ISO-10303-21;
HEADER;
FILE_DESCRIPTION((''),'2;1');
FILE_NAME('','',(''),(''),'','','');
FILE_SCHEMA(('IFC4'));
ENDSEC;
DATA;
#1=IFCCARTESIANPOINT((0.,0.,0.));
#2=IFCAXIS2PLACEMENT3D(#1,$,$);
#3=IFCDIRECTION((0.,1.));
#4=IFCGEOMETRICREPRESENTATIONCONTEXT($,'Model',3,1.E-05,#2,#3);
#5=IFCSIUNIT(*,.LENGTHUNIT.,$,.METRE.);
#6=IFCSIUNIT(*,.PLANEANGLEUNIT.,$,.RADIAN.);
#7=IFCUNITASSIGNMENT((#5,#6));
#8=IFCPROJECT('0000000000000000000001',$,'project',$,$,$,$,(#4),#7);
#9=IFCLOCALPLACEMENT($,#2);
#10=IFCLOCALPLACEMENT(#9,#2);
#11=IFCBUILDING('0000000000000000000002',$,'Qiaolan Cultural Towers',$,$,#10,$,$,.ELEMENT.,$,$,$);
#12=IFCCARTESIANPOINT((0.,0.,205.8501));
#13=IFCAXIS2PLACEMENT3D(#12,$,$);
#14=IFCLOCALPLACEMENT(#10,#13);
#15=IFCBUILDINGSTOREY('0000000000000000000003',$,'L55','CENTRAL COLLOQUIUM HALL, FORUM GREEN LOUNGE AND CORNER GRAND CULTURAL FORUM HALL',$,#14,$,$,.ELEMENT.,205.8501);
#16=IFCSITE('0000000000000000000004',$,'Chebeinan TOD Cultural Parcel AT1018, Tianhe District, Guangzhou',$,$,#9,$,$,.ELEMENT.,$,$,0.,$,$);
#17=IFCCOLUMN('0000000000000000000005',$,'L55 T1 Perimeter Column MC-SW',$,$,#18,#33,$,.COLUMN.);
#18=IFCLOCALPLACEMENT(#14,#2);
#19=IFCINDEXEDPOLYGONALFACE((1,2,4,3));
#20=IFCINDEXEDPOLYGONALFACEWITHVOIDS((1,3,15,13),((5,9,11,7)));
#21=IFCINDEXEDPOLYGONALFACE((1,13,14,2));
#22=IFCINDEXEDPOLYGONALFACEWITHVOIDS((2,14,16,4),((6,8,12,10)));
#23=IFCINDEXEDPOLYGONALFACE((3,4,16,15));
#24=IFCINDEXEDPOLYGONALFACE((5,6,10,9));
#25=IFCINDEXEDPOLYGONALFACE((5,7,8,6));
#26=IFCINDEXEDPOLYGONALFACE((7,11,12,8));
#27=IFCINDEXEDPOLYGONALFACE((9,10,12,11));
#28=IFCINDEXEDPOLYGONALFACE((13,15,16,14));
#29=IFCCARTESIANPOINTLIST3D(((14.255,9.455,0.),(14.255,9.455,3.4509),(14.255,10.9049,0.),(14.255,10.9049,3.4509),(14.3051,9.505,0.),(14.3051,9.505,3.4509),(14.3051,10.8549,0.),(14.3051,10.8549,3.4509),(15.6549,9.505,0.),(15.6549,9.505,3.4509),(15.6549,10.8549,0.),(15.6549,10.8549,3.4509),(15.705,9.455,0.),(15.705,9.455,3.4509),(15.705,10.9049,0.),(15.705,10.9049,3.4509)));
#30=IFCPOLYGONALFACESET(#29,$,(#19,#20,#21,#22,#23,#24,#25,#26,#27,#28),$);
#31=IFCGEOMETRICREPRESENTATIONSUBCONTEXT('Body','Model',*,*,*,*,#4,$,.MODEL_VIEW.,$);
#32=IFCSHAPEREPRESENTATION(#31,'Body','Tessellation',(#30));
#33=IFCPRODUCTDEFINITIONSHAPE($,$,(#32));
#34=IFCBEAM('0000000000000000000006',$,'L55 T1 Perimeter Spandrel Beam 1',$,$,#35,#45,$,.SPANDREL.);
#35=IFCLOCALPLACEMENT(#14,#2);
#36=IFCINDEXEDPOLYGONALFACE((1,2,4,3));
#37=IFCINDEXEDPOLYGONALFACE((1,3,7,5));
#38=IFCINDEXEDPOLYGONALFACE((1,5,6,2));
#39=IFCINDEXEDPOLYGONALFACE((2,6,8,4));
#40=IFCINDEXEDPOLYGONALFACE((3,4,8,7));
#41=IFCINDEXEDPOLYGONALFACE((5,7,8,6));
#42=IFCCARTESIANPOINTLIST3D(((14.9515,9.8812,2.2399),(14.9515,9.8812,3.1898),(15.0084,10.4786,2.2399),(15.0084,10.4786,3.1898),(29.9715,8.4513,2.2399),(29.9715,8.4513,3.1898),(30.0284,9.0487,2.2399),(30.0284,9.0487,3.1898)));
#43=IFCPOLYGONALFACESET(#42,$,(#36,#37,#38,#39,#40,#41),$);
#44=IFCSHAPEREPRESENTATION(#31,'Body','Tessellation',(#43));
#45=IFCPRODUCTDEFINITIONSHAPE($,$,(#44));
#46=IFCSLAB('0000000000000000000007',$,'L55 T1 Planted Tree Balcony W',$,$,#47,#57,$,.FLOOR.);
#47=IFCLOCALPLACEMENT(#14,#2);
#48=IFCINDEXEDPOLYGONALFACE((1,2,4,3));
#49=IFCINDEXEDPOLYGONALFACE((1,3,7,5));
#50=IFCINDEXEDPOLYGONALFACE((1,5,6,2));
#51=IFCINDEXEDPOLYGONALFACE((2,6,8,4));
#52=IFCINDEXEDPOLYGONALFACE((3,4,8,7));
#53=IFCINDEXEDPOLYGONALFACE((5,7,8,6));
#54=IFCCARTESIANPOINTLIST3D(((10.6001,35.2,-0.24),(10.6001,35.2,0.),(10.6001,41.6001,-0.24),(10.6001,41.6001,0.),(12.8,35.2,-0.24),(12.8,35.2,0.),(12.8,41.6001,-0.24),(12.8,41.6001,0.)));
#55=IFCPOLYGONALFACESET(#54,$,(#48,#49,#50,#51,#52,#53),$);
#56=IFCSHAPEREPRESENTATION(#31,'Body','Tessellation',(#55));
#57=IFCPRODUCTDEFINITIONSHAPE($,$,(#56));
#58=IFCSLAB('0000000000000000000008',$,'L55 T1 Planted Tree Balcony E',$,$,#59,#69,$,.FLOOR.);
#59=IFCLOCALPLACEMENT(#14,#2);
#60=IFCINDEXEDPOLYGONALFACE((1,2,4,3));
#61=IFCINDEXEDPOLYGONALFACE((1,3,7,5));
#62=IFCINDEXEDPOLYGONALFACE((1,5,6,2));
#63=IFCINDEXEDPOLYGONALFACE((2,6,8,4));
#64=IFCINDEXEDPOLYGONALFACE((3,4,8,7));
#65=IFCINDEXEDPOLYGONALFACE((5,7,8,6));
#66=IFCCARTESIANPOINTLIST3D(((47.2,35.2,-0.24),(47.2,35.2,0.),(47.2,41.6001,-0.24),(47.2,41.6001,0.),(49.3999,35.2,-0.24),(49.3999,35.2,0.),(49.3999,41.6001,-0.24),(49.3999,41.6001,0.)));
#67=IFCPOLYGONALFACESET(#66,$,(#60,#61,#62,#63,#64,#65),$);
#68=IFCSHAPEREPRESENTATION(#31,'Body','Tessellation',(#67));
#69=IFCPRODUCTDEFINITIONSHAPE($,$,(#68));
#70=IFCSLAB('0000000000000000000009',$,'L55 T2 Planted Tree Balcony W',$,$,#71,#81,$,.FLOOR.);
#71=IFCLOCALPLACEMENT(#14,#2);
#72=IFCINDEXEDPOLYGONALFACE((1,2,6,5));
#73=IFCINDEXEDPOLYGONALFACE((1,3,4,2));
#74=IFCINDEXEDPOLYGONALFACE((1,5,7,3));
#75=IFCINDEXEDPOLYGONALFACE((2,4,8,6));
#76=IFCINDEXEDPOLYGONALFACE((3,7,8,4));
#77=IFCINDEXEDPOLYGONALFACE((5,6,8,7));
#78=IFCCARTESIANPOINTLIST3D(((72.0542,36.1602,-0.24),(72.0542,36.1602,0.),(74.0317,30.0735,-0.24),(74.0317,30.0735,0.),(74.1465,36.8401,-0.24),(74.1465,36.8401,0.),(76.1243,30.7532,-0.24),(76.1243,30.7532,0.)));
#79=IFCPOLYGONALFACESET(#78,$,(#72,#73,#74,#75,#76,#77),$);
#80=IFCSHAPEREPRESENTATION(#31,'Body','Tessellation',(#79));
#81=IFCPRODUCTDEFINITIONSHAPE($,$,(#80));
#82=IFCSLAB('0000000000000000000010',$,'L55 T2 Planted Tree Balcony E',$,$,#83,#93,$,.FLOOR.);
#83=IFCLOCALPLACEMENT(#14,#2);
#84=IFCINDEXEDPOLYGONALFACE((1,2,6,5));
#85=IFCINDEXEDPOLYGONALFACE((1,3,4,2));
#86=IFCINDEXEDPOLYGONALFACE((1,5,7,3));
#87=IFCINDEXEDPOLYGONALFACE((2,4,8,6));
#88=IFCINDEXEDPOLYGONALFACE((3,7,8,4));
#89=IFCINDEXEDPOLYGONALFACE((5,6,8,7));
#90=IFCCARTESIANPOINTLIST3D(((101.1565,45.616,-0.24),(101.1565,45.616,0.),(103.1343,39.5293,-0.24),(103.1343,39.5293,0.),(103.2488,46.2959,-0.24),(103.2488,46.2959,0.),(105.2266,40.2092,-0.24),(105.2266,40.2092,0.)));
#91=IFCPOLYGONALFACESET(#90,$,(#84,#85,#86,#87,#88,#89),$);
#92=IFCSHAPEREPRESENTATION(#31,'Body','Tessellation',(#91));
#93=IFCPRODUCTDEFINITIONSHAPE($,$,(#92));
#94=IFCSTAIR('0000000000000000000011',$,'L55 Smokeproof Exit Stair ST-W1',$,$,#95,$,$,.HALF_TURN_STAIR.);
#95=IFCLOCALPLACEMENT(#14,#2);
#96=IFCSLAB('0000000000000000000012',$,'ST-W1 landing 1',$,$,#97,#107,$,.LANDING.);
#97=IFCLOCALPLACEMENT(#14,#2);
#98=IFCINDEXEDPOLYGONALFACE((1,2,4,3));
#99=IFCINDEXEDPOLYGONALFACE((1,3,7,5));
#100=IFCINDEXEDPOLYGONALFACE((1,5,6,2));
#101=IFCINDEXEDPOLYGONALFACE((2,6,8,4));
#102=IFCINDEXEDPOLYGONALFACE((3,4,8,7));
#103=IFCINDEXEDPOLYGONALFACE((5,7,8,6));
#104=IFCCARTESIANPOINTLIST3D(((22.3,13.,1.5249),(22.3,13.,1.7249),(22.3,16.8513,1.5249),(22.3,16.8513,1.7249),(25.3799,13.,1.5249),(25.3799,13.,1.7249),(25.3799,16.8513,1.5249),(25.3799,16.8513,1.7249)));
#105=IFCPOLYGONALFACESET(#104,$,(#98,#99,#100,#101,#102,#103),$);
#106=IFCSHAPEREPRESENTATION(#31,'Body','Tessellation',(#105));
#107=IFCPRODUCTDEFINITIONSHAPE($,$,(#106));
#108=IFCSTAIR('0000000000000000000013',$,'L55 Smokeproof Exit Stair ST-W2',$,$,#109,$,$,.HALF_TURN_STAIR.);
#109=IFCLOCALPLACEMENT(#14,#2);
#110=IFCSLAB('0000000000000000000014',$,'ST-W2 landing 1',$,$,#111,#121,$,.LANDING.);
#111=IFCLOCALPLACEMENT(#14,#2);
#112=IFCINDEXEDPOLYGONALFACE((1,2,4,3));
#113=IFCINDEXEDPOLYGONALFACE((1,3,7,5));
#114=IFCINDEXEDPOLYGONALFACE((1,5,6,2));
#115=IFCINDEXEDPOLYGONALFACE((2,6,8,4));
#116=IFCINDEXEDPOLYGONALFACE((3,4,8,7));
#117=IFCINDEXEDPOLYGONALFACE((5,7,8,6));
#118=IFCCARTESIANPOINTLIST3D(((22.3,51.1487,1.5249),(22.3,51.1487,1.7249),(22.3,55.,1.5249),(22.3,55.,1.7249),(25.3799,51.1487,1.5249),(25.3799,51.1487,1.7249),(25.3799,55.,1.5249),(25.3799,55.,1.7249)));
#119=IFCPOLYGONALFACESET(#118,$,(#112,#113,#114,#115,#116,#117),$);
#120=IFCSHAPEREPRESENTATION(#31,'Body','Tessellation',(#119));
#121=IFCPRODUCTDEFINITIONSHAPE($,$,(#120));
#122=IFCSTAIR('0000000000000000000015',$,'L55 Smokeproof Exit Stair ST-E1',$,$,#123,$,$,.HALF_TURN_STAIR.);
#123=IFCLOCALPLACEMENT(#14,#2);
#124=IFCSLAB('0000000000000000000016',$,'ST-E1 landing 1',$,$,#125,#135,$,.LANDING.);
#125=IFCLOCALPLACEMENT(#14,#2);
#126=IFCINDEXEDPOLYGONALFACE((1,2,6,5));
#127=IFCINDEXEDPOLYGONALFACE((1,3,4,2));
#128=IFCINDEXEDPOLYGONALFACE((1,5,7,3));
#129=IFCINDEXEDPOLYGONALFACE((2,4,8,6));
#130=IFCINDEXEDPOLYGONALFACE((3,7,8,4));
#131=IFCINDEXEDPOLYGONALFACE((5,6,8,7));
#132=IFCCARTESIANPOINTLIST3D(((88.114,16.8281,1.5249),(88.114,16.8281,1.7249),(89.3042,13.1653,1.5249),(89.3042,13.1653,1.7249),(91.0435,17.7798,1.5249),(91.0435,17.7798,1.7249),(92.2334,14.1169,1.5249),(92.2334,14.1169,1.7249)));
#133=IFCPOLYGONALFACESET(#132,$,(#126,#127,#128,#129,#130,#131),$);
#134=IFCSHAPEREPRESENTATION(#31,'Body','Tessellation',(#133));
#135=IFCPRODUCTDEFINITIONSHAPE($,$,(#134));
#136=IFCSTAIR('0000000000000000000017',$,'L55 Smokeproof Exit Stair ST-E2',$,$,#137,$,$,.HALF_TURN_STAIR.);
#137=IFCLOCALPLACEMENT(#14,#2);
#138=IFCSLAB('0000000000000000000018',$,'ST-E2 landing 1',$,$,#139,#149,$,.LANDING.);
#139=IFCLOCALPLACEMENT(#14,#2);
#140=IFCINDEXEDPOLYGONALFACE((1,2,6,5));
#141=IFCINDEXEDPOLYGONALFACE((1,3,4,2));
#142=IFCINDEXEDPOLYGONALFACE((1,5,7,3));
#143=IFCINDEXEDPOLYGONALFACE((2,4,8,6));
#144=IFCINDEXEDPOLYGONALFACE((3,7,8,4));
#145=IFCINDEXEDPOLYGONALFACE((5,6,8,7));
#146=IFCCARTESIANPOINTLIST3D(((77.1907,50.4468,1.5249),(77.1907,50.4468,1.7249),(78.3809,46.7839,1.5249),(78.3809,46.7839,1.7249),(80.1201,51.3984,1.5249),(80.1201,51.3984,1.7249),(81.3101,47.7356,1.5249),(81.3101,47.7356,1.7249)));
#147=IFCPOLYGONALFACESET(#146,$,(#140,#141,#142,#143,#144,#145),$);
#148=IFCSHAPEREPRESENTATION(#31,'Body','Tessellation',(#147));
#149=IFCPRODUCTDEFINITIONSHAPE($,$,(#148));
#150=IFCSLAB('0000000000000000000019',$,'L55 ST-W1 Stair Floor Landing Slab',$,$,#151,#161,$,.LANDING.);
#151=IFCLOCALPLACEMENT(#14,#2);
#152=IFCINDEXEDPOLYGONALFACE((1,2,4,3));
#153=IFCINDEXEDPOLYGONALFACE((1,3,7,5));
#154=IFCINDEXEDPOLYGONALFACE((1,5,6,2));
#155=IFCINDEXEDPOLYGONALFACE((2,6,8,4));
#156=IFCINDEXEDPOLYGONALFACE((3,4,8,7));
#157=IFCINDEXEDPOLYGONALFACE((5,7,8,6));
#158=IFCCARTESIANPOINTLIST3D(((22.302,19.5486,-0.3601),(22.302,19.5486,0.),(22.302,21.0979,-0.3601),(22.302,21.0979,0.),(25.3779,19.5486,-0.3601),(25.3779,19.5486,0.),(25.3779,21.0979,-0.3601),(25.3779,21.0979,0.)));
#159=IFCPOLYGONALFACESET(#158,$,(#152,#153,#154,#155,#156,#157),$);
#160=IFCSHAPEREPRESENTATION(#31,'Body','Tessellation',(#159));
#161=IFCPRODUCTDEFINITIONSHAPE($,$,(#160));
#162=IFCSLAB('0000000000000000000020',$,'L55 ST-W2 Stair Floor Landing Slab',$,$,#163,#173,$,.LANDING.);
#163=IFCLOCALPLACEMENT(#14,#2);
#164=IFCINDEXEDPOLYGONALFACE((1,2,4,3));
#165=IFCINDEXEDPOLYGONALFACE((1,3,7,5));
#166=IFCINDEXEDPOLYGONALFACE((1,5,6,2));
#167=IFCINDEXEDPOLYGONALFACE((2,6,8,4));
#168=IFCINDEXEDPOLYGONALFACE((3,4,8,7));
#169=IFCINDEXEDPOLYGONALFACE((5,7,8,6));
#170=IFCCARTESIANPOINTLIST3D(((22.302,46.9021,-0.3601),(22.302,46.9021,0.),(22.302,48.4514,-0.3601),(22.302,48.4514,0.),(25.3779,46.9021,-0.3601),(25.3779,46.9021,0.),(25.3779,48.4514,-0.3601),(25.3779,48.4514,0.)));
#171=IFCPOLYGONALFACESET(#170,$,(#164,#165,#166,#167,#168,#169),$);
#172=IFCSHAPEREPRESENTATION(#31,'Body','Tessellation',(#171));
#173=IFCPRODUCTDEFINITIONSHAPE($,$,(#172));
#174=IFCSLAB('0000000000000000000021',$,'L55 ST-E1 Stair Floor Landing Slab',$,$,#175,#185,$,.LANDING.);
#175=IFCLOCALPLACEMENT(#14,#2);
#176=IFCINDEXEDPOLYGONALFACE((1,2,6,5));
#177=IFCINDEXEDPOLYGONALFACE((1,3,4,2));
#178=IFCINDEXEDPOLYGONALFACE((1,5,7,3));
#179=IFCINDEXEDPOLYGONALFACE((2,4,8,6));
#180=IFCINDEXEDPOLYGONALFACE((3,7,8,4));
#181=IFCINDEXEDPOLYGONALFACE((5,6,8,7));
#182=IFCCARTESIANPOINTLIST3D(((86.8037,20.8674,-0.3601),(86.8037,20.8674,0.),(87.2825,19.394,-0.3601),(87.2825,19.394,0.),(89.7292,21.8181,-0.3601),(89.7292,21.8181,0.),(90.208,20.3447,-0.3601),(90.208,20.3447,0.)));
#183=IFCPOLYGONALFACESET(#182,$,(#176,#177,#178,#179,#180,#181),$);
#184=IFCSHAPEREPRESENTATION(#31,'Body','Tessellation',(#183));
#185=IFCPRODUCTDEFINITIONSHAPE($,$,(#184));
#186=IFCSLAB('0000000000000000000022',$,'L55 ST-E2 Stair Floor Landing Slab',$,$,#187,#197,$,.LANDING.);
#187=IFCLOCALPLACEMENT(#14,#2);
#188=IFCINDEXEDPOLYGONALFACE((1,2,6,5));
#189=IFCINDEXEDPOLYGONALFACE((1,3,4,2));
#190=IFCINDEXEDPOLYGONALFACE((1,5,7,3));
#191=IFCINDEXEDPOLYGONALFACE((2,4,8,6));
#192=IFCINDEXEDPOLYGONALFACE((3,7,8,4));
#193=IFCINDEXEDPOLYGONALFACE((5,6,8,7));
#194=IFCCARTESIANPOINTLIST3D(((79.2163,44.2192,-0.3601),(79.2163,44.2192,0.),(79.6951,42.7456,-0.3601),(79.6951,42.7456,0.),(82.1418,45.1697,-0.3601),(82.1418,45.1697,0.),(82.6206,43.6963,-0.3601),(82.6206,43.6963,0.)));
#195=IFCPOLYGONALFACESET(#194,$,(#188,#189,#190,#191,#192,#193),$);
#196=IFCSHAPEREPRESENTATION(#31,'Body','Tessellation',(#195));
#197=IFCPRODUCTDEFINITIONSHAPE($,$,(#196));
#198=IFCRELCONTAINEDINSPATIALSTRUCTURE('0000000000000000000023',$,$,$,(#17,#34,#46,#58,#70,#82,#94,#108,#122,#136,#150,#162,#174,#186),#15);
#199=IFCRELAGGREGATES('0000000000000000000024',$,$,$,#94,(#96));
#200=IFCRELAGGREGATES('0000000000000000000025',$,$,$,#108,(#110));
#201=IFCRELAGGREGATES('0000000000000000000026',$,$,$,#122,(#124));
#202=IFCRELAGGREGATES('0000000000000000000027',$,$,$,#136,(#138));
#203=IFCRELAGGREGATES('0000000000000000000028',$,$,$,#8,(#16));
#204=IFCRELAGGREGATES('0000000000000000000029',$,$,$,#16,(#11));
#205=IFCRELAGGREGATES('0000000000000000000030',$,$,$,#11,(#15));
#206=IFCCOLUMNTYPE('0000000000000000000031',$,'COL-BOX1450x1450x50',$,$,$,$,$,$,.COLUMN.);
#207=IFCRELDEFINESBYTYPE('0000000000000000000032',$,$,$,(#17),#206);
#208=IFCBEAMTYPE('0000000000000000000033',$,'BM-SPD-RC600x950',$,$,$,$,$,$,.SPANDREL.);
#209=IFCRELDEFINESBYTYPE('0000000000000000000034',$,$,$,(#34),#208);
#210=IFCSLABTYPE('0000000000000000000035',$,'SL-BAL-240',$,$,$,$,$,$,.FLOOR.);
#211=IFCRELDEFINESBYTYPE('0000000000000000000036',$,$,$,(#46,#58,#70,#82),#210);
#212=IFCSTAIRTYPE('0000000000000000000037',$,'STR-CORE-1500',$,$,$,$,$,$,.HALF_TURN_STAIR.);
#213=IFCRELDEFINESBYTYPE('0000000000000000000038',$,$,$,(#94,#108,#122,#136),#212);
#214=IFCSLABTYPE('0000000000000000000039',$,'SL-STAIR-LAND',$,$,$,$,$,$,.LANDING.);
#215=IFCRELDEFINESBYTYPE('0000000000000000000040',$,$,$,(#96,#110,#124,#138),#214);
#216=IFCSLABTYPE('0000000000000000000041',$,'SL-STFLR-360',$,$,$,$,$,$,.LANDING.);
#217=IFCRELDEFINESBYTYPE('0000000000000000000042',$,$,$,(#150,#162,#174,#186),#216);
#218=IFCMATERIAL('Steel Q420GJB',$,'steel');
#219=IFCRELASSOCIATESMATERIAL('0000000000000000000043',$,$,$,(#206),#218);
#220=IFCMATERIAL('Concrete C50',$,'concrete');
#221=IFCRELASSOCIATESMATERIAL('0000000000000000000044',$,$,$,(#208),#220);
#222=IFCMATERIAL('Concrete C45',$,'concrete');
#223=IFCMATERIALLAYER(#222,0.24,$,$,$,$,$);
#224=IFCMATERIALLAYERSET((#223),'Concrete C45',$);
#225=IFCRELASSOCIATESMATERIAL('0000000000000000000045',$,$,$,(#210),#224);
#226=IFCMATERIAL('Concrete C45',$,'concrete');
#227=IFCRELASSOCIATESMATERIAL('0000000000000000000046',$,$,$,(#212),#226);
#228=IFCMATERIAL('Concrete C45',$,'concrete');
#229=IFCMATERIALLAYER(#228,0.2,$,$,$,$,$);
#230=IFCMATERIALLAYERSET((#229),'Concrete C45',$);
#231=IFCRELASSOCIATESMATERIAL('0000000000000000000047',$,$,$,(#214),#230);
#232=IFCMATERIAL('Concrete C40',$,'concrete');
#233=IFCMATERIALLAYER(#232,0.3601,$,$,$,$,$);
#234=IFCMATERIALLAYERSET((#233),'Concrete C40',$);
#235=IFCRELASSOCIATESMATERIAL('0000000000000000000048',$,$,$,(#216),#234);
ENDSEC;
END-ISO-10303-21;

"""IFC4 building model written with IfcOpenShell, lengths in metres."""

from ifc_helpers import new_model, si_unit, direction, frame, origin, origin_2d, place, context, subcontext, project, spatial, polyline, rectangle, hollow_rectangle, outline, extrude, material, layer, layer_set, material_profile, profile_set, type_object, element, aggregate, save


model = new_model("IFC4")

# Units and contexts
model_context = context("Model", 3, precision=1e-05, world=origin(), true_north=direction((0.0, 1.0)))
body_context = subcontext(model_context, "Body", "Model", "MODEL_VIEW")
ifc_project = project(units=[si_unit("LENGTHUNIT", "METRE"), si_unit("PLANEANGLEUNIT", "RADIAN")], contexts=[model_context])

# Site, building, storey
site_placement = place(None, origin())
site = spatial("IfcSite", under=ifc_project, at=site_placement, Name="Chebeinan TOD Cultural Parcel AT1018, Tianhe District, Guangzhou", CompositionType="ELEMENT", RefElevation=0.0)
building_placement = place(site_placement, origin())
building = spatial("IfcBuilding", under=site, at=building_placement, Name="Qiaolan Cultural Towers", CompositionType="ELEMENT")
storey_placement = place(building_placement, frame((0.0, 0.0, 205.8501)))
storey = spatial("IfcBuildingStorey", under=building, at=storey_placement, Name="L55", Description="CENTRAL COLLOQUIUM HALL, FORUM GREEN LOUNGE AND CORNER GRAND CULTURAL FORUM HALL", CompositionType="ELEMENT", Elevation=205.8501)

# Column
ifc_material_1 = material(Name="Steel Q420GJB", Category="steel")
ifc_material_profile_1 = material_profile(ifc_material_1, hollow_rectangle(XDim=1.45, YDim=1.45, WallThickness=0.05, at=origin_2d()), Name="BOX1450x1450x50")
ifc_profile_set_1 = profile_set([ifc_material_profile_1], Name="Steel Q420GJB")
column_type = type_object("IfcColumnType", Name="COL-BOX1450x1450x50", PredefinedType="COLUMN", material=ifc_profile_set_1)
column_placement = place(storey_placement, frame((14.98, 10.1799, 0.0), z_axis=(0.0, 0.0, 1.0), x_axis=(1.0, 0.0, 0.0)))
element("IfcColumn", 1, at=column_placement, inside=storey, type_object=column_type, Name="L55 T1 Perimeter Column MC-SW", PredefinedType="COLUMN", context=body_context, shape_type="SweptSolid", body=[
    extrude(hollow_rectangle(XDim=1.45, YDim=1.45, WallThickness=0.05, at=origin_2d()), origin(), (0.0, 0.0, 1.0), 3.4509),
])

# Beam
ifc_material_2 = material(Name="Concrete C50", Category="concrete")
ifc_material_profile_2 = material_profile(ifc_material_2, rectangle(XDim=0.6001, YDim=0.95, at=origin_2d()), Name="RC600x950")
ifc_profile_set_2 = profile_set([ifc_material_profile_2], Name="Concrete C50")
beam_type = type_object("IfcBeamType", Name="BM-SPD-RC600x950", PredefinedType="SPANDREL", material=ifc_profile_set_2)
beam_placement = place(storey_placement, frame((14.98, 10.1799, 2.7148), z_axis=(0.995499, -0.094773, 0.0), x_axis=(0.094773, 0.995499, 0.0)))
element("IfcBeam", 2, at=beam_placement, inside=storey, type_object=beam_type, Name="L55 T1 Perimeter Spandrel Beam 1", PredefinedType="SPANDREL", context=body_context, shape_type="SweptSolid", body=[
    extrude(rectangle(XDim=0.6001, YDim=0.95, at=origin_2d()), origin(), (0.0, 0.0, 1.0), 15.0879),
])

# Slabs
ifc_material_3 = material(Name="Concrete C45", Category="concrete")
ifc_layer_1 = layer(ifc_material_3, 0.24)
ifc_layer_set_1 = layer_set([ifc_layer_1], Name="Concrete C45")
slab_type_1 = type_object("IfcSlabType", Name="SL-BAL-240", PredefinedType="FLOOR", material=ifc_layer_set_1)
slab_1_placement = place(storey_placement, frame((0.0, 0.0, -0.24)))
element("IfcSlab", 3, at=slab_1_placement, inside=storey, type_object=slab_type_1, Name="L55 T1 Planted Tree Balcony W", PredefinedType="FLOOR", context=body_context, shape_type="SweptSolid", body=[
    extrude(outline(polyline([(10.6001, 35.2), (12.8, 35.2), (12.8, 41.6001), (10.6001, 41.6001), (10.6001, 35.2)])), origin(), (0.0, 0.0, 1.0), 0.24),
])
slab_2_placement = place(storey_placement, frame((0.0, 0.0, -0.24)))
element("IfcSlab", 4, at=slab_2_placement, inside=storey, type_object=slab_type_1, Name="L55 T1 Planted Tree Balcony E", PredefinedType="FLOOR", context=body_context, shape_type="SweptSolid", body=[
    extrude(outline(polyline([(47.2, 35.2), (49.3999, 35.2), (49.3999, 41.6001), (47.2, 41.6001), (47.2, 35.2)])), origin(), (0.0, 0.0, 1.0), 0.24),
])
slab_3_placement = place(storey_placement, frame((0.0, 0.0, -0.24)))
element("IfcSlab", 5, at=slab_3_placement, inside=storey, type_object=slab_type_1, Name="L55 T2 Planted Tree Balcony W", PredefinedType="FLOOR", context=body_context, shape_type="SweptSolid", body=[
    extrude(outline(polyline([(74.0317, 30.0735), (76.1243, 30.7532), (74.1465, 36.8401), (72.0542, 36.1602), (74.0317, 30.0735)])), origin(), (0.0, 0.0, 1.0), 0.24),
])
slab_4_placement = place(storey_placement, frame((0.0, 0.0, -0.24)))
element("IfcSlab", 6, at=slab_4_placement, inside=storey, type_object=slab_type_1, Name="L55 T2 Planted Tree Balcony E", PredefinedType="FLOOR", context=body_context, shape_type="SweptSolid", body=[
    extrude(outline(polyline([(103.1343, 39.5293), (105.2266, 40.2092), (103.2488, 46.2959), (101.1565, 45.616), (103.1343, 39.5293)])), origin(), (0.0, 0.0, 1.0), 0.24),
])

# Stairs, slabs
ifc_material_4 = material(Name="Concrete C45", Category="concrete")
stair_type = type_object("IfcStairType", Name="STR-CORE-1500", PredefinedType="HALF_TURN_STAIR", material=ifc_material_4)
stair_1_placement = place(storey_placement, origin())
stair_1 = element("IfcStair", 7, at=stair_1_placement, inside=storey, type_object=stair_type, Name="L55 Smokeproof Exit Stair ST-W1", PredefinedType="HALF_TURN_STAIR")
ifc_material_5 = material(Name="Concrete C45", Category="concrete")
ifc_layer_2 = layer(ifc_material_5, 0.2)
ifc_layer_set_2 = layer_set([ifc_layer_2], Name="Concrete C45")
slab_type_2 = type_object("IfcSlabType", Name="SL-STAIR-LAND", PredefinedType="LANDING", material=ifc_layer_set_2)
slab_5_placement = place(storey_placement, frame((0.0, 0.0, 1.5249)))
slab_5 = element("IfcSlab", 8, at=slab_5_placement, type_object=slab_type_2, Name="ST-W1 landing 1", PredefinedType="LANDING", context=body_context, shape_type="SweptSolid", body=[
    extrude(outline(polyline([(22.3, 16.8513), (22.3, 13.0), (25.3799, 13.0), (25.3799, 16.8513), (22.3, 16.8513)])), origin(), (0.0, 0.0, 1.0), 0.2),
])
aggregate(stair_1, [slab_5])
stair_2_placement = place(storey_placement, origin())
stair_2 = element("IfcStair", 9, at=stair_2_placement, inside=storey, type_object=stair_type, Name="L55 Smokeproof Exit Stair ST-W2", PredefinedType="HALF_TURN_STAIR")
slab_6_placement = place(storey_placement, frame((0.0, 0.0, 1.5249)))
slab_6 = element("IfcSlab", 10, at=slab_6_placement, type_object=slab_type_2, Name="ST-W2 landing 1", PredefinedType="LANDING", context=body_context, shape_type="SweptSolid", body=[
    extrude(outline(polyline([(25.3799, 51.1487), (25.3799, 55.0), (22.3, 55.0), (22.3, 51.1487), (25.3799, 51.1487)])), origin(), (0.0, 0.0, 1.0), 0.2),
])
aggregate(stair_2, [slab_6])
stair_3_placement = place(storey_placement, origin())
stair_3 = element("IfcStair", 11, at=stair_3_placement, inside=storey, type_object=stair_type, Name="L55 Smokeproof Exit Stair ST-E1", PredefinedType="HALF_TURN_STAIR")
slab_7_placement = place(storey_placement, frame((0.0, 0.0, 1.5249)))
slab_7 = element("IfcSlab", 12, at=slab_7_placement, type_object=slab_type_2, Name="ST-E1 landing 1", PredefinedType="LANDING", context=body_context, shape_type="SweptSolid", body=[
    extrude(outline(polyline([(88.114, 16.8281), (89.3042, 13.1653), (92.2334, 14.1169), (91.0435, 17.7798), (88.114, 16.8281)])), origin(), (0.0, 0.0, 1.0), 0.2),
])
aggregate(stair_3, [slab_7])
stair_4_placement = place(storey_placement, origin())
stair_4 = element("IfcStair", 13, at=stair_4_placement, inside=storey, type_object=stair_type, Name="L55 Smokeproof Exit Stair ST-E2", PredefinedType="HALF_TURN_STAIR")
slab_8_placement = place(storey_placement, frame((0.0, 0.0, 1.5249)))
slab_8 = element("IfcSlab", 14, at=slab_8_placement, type_object=slab_type_2, Name="ST-E2 landing 1", PredefinedType="LANDING", context=body_context, shape_type="SweptSolid", body=[
    extrude(outline(polyline([(81.3101, 47.7356), (80.1201, 51.3984), (77.1907, 50.4468), (78.3809, 46.7839), (81.3101, 47.7356)])), origin(), (0.0, 0.0, 1.0), 0.2),
])
aggregate(stair_4, [slab_8])

# Slabs
ifc_material_6 = material(Name="Concrete C40", Category="concrete")
ifc_layer_3 = layer(ifc_material_6, 0.3601)
ifc_layer_set_3 = layer_set([ifc_layer_3], Name="Concrete C40")
slab_type_3 = type_object("IfcSlabType", Name="SL-STFLR-360", PredefinedType="LANDING", material=ifc_layer_set_3)
slab_9_placement = place(storey_placement, frame((0.0, 0.0, -0.3601)))
element("IfcSlab", 15, at=slab_9_placement, inside=storey, type_object=slab_type_3, Name="L55 ST-W1 Stair Floor Landing Slab", PredefinedType="LANDING", context=body_context, shape_type="SweptSolid", body=[
    extrude(outline(polyline([(22.302, 21.0979), (22.302, 19.5486), (25.3779, 19.5486), (25.3779, 21.0979), (22.302, 21.0979)])), origin(), (0.0, 0.0, 1.0), 0.3601),
])
slab_10_placement = place(storey_placement, frame((0.0, 0.0, -0.3601)))
element("IfcSlab", 16, at=slab_10_placement, inside=storey, type_object=slab_type_3, Name="L55 ST-W2 Stair Floor Landing Slab", PredefinedType="LANDING", context=body_context, shape_type="SweptSolid", body=[
    extrude(outline(polyline([(25.3779, 46.9021), (25.3779, 48.4514), (22.302, 48.4514), (22.302, 46.9021), (25.3779, 46.9021)])), origin(), (0.0, 0.0, 1.0), 0.3601),
])
slab_11_placement = place(storey_placement, frame((0.0, 0.0, -0.3601)))
element("IfcSlab", 17, at=slab_11_placement, inside=storey, type_object=slab_type_3, Name="L55 ST-E1 Stair Floor Landing Slab", PredefinedType="LANDING", context=body_context, shape_type="SweptSolid", body=[
    extrude(outline(polyline([(86.8037, 20.8674), (87.2825, 19.394), (90.208, 20.3447), (89.7292, 21.8181), (86.8037, 20.8674)])), origin(), (0.0, 0.0, 1.0), 0.3601),
])
slab_12_placement = place(storey_placement, frame((0.0, 0.0, -0.3601)))
element("IfcSlab", 18, at=slab_12_placement, inside=storey, type_object=slab_type_3, Name="L55 ST-E2 Stair Floor Landing Slab", PredefinedType="LANDING", context=body_context, shape_type="SweptSolid", body=[
    extrude(outline(polyline([(82.6206, 43.6963), (82.1418, 45.1697), (79.2163, 44.2192), (79.6951, 42.7456), (82.6206, 43.6963)])), origin(), (0.0, 0.0, 1.0), 0.3601),
])

save(model, "model.ifc")
